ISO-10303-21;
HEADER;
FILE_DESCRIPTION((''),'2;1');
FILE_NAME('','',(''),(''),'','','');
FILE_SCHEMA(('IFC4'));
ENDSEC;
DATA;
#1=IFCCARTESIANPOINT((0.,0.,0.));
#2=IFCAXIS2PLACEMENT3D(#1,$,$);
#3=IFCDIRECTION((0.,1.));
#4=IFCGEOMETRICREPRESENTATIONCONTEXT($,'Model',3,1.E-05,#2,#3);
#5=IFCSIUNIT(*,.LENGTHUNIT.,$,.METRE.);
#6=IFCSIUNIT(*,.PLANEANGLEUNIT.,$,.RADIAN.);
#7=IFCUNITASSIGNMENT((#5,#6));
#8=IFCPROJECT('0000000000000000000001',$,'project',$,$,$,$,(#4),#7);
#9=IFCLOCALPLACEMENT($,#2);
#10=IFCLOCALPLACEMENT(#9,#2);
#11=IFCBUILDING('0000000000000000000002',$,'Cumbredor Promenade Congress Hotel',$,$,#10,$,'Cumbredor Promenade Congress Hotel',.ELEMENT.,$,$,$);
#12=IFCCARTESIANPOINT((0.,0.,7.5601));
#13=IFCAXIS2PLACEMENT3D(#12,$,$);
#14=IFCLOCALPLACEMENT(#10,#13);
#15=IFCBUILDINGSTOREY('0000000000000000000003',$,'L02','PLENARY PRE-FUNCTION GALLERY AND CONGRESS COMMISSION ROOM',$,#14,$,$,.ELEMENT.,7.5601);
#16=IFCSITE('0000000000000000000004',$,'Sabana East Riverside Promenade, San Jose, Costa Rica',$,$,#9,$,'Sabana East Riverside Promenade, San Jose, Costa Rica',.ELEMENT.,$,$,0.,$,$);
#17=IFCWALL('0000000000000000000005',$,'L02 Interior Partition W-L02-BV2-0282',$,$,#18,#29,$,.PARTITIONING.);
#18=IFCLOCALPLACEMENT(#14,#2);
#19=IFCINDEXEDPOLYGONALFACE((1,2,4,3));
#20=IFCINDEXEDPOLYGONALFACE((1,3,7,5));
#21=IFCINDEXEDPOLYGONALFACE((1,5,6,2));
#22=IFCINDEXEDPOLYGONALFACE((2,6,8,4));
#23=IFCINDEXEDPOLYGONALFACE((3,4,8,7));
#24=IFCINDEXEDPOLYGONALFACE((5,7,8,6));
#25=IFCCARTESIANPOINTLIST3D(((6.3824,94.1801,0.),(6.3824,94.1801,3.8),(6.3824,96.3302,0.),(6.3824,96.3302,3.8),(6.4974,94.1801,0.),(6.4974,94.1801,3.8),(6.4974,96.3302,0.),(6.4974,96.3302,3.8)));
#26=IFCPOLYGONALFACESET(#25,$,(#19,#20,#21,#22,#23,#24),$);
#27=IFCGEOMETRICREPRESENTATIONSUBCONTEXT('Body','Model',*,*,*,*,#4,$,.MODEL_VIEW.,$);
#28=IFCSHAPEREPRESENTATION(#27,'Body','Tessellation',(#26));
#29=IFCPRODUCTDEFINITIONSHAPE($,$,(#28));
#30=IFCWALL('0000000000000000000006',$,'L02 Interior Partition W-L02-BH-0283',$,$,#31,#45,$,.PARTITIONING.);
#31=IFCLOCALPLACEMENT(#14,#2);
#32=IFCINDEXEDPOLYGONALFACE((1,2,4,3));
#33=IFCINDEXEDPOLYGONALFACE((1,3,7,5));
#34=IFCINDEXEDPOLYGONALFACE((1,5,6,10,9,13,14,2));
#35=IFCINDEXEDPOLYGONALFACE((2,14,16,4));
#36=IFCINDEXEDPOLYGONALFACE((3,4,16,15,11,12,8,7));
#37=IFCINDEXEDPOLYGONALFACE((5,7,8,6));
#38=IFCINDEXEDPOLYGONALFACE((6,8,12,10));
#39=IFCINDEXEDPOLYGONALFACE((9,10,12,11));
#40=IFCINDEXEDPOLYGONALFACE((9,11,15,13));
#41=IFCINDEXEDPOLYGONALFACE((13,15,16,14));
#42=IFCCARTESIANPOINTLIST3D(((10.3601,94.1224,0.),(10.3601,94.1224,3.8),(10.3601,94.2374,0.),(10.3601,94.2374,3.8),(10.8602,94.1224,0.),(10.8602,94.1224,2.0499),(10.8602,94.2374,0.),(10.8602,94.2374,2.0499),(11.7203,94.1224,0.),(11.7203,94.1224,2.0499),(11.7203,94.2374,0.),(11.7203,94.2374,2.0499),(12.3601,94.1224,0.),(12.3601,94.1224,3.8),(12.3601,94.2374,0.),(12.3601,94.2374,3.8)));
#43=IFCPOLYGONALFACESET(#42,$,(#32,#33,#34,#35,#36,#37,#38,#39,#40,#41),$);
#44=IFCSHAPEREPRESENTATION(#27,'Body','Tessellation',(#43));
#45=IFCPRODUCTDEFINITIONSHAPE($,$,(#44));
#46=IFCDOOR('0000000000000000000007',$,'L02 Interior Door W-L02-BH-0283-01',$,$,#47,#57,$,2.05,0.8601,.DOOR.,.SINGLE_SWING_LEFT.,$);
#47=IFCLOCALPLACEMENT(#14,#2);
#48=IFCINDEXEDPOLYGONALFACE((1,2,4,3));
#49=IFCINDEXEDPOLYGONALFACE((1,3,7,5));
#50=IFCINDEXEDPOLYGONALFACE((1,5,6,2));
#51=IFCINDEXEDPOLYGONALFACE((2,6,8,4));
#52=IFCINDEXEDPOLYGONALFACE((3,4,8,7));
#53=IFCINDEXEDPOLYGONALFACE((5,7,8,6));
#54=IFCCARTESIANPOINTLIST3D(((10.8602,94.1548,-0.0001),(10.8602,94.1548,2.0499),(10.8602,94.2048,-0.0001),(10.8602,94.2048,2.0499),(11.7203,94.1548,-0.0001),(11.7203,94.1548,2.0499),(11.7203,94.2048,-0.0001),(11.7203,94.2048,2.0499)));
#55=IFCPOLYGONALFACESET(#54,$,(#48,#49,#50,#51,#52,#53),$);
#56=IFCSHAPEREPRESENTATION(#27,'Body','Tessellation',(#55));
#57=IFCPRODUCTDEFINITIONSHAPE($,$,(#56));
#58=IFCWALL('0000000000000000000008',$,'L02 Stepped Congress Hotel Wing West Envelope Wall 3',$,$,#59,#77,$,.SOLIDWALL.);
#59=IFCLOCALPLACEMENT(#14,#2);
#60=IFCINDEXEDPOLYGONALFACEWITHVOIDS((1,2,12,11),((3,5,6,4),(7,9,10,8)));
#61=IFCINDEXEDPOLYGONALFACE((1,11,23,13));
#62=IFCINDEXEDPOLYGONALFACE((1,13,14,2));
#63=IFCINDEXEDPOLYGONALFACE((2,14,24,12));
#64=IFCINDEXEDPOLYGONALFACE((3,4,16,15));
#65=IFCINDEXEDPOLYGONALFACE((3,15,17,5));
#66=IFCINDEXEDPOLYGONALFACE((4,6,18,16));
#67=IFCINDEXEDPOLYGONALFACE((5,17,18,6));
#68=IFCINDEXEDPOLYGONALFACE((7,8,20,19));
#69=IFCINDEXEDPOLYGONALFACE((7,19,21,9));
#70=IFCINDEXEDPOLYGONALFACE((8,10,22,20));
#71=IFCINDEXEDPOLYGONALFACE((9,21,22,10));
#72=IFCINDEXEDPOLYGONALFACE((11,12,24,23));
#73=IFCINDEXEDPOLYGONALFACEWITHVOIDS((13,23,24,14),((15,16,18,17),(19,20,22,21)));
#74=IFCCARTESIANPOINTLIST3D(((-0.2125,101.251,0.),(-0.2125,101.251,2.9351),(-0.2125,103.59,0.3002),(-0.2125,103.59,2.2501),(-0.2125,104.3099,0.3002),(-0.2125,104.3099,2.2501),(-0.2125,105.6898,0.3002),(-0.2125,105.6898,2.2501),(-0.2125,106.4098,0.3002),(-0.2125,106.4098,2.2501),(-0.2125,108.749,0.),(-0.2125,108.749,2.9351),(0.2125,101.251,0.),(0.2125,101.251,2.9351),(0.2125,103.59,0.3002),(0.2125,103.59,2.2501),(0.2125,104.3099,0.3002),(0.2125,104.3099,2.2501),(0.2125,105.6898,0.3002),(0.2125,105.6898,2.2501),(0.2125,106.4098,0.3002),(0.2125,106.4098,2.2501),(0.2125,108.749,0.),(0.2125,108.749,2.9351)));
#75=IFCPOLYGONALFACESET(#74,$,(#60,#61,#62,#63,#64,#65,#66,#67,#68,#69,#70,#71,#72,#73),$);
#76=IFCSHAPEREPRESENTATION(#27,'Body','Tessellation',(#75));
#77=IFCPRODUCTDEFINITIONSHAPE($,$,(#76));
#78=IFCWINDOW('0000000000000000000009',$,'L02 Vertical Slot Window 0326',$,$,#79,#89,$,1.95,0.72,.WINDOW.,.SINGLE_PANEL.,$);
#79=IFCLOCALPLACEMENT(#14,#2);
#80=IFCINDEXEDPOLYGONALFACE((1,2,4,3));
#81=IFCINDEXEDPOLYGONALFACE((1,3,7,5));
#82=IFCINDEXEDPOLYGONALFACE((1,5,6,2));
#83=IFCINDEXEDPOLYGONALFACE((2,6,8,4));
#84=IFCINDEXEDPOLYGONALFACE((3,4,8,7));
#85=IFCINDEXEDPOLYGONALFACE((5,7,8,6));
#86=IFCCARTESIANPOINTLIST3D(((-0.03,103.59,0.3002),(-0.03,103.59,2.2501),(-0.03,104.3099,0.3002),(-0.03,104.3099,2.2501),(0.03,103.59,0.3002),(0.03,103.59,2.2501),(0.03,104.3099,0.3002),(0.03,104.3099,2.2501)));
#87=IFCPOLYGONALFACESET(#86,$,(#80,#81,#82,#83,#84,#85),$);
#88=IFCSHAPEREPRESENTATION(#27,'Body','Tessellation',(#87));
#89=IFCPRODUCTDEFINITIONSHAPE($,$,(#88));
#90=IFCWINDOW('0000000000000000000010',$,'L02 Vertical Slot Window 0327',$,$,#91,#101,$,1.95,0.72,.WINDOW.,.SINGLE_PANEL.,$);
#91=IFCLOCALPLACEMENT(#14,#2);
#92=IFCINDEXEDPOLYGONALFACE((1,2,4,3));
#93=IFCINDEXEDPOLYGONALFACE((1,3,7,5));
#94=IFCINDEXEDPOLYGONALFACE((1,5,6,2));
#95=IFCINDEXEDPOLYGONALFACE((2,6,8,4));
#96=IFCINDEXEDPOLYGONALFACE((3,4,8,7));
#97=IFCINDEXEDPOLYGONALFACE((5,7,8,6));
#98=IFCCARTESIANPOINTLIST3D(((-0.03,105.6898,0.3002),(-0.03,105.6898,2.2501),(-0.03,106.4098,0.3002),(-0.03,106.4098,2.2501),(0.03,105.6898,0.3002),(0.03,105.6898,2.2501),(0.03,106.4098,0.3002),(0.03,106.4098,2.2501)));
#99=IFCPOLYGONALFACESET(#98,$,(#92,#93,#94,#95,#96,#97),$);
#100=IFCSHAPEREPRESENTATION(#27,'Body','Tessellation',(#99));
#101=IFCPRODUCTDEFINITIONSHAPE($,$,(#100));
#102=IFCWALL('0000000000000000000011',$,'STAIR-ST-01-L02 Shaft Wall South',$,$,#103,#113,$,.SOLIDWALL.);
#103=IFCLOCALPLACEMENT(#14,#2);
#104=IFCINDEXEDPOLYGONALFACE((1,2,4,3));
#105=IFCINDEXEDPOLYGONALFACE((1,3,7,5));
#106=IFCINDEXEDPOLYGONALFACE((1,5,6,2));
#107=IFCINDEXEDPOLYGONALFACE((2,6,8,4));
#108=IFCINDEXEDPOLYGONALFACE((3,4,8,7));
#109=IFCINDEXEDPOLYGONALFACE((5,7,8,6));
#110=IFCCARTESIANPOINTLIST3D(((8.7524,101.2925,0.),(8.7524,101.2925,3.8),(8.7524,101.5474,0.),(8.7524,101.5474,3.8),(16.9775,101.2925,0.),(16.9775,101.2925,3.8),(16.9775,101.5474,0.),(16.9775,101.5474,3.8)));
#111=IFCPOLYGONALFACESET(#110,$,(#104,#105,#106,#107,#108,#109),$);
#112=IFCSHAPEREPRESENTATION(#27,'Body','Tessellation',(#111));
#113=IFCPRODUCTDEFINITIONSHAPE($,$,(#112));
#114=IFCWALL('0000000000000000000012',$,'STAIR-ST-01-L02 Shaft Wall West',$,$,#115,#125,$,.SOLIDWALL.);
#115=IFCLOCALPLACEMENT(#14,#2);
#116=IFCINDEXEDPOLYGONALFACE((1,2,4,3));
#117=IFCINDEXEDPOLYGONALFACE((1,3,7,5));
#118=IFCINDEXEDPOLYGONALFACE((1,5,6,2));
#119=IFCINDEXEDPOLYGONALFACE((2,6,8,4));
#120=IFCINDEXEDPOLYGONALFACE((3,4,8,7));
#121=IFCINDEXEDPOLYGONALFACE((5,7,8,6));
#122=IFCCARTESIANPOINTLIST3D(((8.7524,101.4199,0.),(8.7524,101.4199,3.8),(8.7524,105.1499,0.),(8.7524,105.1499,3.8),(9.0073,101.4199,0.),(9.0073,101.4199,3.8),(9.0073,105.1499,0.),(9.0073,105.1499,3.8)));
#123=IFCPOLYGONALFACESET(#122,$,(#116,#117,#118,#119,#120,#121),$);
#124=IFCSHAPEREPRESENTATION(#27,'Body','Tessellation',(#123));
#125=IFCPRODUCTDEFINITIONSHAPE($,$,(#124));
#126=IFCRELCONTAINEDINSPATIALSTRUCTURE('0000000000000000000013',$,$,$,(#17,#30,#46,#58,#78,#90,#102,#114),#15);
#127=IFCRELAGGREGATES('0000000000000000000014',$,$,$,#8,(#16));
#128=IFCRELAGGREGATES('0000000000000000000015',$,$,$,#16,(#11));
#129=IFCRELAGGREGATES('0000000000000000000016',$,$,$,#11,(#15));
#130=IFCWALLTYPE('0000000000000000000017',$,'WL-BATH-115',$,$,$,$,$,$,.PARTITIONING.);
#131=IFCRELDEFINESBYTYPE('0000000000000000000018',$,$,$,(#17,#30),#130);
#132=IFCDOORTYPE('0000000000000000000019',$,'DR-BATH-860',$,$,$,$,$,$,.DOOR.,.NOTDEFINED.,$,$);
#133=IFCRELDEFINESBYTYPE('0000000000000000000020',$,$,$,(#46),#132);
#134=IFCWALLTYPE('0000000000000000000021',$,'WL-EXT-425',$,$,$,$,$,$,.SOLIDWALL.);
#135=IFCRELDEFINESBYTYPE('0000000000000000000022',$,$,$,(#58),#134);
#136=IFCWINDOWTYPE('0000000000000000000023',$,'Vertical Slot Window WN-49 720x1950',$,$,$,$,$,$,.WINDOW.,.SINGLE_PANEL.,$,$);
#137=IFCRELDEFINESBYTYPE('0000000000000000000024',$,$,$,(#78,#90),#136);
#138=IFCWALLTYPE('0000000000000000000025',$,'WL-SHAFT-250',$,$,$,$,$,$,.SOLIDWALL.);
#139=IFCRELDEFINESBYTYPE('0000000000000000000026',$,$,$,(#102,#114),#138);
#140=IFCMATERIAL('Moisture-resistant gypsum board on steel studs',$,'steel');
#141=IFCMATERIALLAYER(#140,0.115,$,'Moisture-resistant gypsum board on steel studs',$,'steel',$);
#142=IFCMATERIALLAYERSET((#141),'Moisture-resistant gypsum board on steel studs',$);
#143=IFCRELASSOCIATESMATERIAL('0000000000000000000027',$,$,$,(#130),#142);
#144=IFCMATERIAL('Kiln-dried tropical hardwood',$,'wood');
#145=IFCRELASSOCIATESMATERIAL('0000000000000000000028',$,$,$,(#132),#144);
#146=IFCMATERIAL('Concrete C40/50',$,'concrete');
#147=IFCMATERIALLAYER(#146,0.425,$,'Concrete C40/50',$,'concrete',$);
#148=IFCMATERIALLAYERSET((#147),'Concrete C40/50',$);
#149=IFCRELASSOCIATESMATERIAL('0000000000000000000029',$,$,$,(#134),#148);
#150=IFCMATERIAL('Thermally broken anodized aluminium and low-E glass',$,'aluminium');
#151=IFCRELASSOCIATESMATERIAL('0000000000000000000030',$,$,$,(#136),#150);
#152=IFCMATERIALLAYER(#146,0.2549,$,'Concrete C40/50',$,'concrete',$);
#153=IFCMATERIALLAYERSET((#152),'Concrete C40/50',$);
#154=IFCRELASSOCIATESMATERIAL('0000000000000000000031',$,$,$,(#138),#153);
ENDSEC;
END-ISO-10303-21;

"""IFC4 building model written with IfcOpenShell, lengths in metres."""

from ifc_helpers import new_model, si_unit, direction, frame, frame_2d, origin, place, context, subcontext, project, spatial, rectangle, extrude, material, layer, layer_set, type_object, element, fill, save


model = new_model("IFC4")

# Units and contexts
model_context = context("Model", 3, precision=1e-05, world=origin(), true_north=direction((0.0, 1.0)))
body_context = subcontext(model_context, "Body", "Model", "MODEL_VIEW")
ifc_project = project(units=[si_unit("LENGTHUNIT", "METRE"), si_unit("PLANEANGLEUNIT", "RADIAN")], contexts=[model_context])

# Site, building, storey
site_placement = place(None, origin())
site = spatial("IfcSite", under=ifc_project, at=site_placement, Name="Sabana East Riverside Promenade, San Jose, Costa Rica", LongName="Sabana East Riverside Promenade, San Jose, Costa Rica", CompositionType="ELEMENT", RefElevation=0.0)
building_placement = place(site_placement, origin())
building = spatial("IfcBuilding", under=site, at=building_placement, Name="Cumbredor Promenade Congress Hotel", LongName="Cumbredor Promenade Congress Hotel", CompositionType="ELEMENT")
storey_placement = place(building_placement, frame((0.0, 0.0, 7.5601)))
storey = spatial("IfcBuildingStorey", under=building, at=storey_placement, Name="L02", Description="PLENARY PRE-FUNCTION GALLERY AND CONGRESS COMMISSION ROOM", CompositionType="ELEMENT", Elevation=7.5601)

# Shared definitions
ifc_material_1 = material(Name="Concrete C40/50", Category="concrete")

# Shared definitions
ifc_material_2 = material(Name="Thermally broken anodized aluminium and low-E glass", Category="aluminium")

# Wall
ifc_material_3 = material(Name="Moisture-resistant gypsum board on steel studs", Category="steel")
ifc_layer_1 = layer(ifc_material_3, 0.115, Name="Moisture-resistant gypsum board on steel studs", Category="steel")
ifc_layer_set_1 = layer_set([ifc_layer_1], Name="Moisture-resistant gypsum board on steel studs")
wall_type_1 = type_object("IfcWallType", Name="WL-BATH-115", PredefinedType="PARTITIONING", material=ifc_layer_set_1)
wall_1_placement = place(storey_placement, frame((6.4399, 94.1799, 0.0), z_axis=(0.0, 0.0, 1.0), x_axis=(0.0, 1.0, 0.0)))
element("IfcWall", 1, at=wall_1_placement, inside=storey, type_object=wall_type_1, Name="L02 Interior Partition W-L02-BV2-0282", PredefinedType="PARTITIONING", context=body_context, shape_type="SweptSolid", body=[
    extrude(rectangle(XDim=2.1501, YDim=0.115, at=frame_2d((1.0752, 0.0))), origin(), (0.0, 0.0, 1.0), 3.8),
])

# Wall, opening, door
wall_2_placement = place(storey_placement, frame((10.3601, 94.1799, 0.0), z_axis=(0.0, 0.0, 1.0), x_axis=(1.0, 0.0, 0.0)))
wall_2 = element("IfcWall", 2, at=wall_2_placement, inside=storey, type_object=wall_type_1, Name="L02 Interior Partition W-L02-BH-0283", PredefinedType="PARTITIONING", context=body_context, shape_type="SweptSolid", body=[
    extrude(rectangle(XDim=2.0, YDim=0.115, at=frame_2d((1.0, 0.0))), origin(), (0.0, 0.0, 1.0), 3.8),
])
opening_1_placement = place(wall_2_placement, frame((0.5, 0.0, 0.0)))
opening_1 = element("IfcOpeningElement", 3, at=opening_1_placement, cuts=wall_2, PredefinedType="OPENING", context=body_context, shape_type="SweptSolid", body=[
    extrude(rectangle(XDim=0.8601, YDim=2.05, at=frame_2d((0.4302, 1.0249))), frame((0.0, 0.0674, 0.0), z_axis=(0.0, -1.0, 0.0), x_axis=(1.0, 0.0, 0.0)), (0.0, 0.0, 1.0), 0.135),
])
ifc_material_4 = material(Name="Kiln-dried tropical hardwood", Category="wood")
door_type_1 = type_object("IfcDoorType", Name="DR-BATH-860", OperationType="NOTDEFINED", PredefinedType="DOOR", material=ifc_material_4)
door_1_placement = place(opening_1_placement, origin())
door_1 = element("IfcDoor", 4, at=door_1_placement, inside=storey, type_object=door_type_1, Name="L02 Interior Door W-L02-BH-0283-01", OperationType="SINGLE_SWING_LEFT", OverallHeight=2.05, OverallWidth=0.8601, PredefinedType="DOOR", context=body_context, shape_type="SweptSolid", body=[
    extrude(rectangle(XDim=0.8601, YDim=2.05, at=frame_2d((0.4302, 1.0249))), frame((0.0, 0.0249, 0.0), z_axis=(0.0, -1.0, 0.0), x_axis=(1.0, 0.0, 0.0)), (0.0, 0.0, 1.0), 0.05),
])
fill(opening_1, door_1)

# Wall, openings, windows
ifc_layer_2 = layer(ifc_material_1, 0.425, Name="Concrete C40/50", Category="concrete")
ifc_layer_set_2 = layer_set([ifc_layer_2], Name="Concrete C40/50")
wall_type_2 = type_object("IfcWallType", Name="WL-EXT-425", PredefinedType="SOLIDWALL", material=ifc_layer_set_2)
wall_3_placement = place(storey_placement, frame((0.0, 101.251, 0.0), z_axis=(0.0, 0.0, 1.0), x_axis=(0.0, 1.0, 0.0)))
wall_3 = element("IfcWall", 5, at=wall_3_placement, inside=storey, type_object=wall_type_2, Name="L02 Stepped Congress Hotel Wing West Envelope Wall 3", PredefinedType="SOLIDWALL", context=body_context, shape_type="SweptSolid", body=[
    extrude(rectangle(XDim=7.498, YDim=0.425, at=frame_2d((3.749, 0.0))), origin(), (0.0, 0.0, 1.0), 2.9351),
])
opening_2_placement = place(wall_3_placement, frame((2.3391, 0.0, 0.3)))
opening_2 = element("IfcOpeningElement", 6, at=opening_2_placement, cuts=wall_3, PredefinedType="OPENING", context=body_context, shape_type="SweptSolid", body=[
    extrude(rectangle(XDim=0.72, YDim=1.95, at=frame_2d((0.3599, 0.9751))), frame((0.0, 0.2227, 0.0), z_axis=(0.0, -1.0, 0.0), x_axis=(1.0, 0.0, 0.0)), (0.0, 0.0, 1.0), 0.4451),
])
opening_3_placement = place(wall_3_placement, frame((4.439, 0.0, 0.3)))
opening_3 = element("IfcOpeningElement", 7, at=opening_3_placement, cuts=wall_3, PredefinedType="OPENING", context=body_context, shape_type="SweptSolid", body=[
    extrude(rectangle(XDim=0.72, YDim=1.95, at=frame_2d((0.3599, 0.9751))), frame((0.0, 0.2227, 0.0), z_axis=(0.0, -1.0, 0.0), x_axis=(1.0, 0.0, 0.0)), (0.0, 0.0, 1.0), 0.4451),
])
window_type = type_object("IfcWindowType", Name="Vertical Slot Window WN-49 720x1950", PartitioningType="SINGLE_PANEL", PredefinedType="WINDOW", material=ifc_material_2)
window_1_placement = place(opening_2_placement, origin())
window_1 = element("IfcWindow", 8, at=window_1_placement, inside=storey, type_object=window_type, Name="L02 Vertical Slot Window 0326", OverallHeight=1.95, OverallWidth=0.72, PartitioningType="SINGLE_PANEL", PredefinedType="WINDOW", context=body_context, shape_type="SweptSolid", body=[
    extrude(rectangle(XDim=0.72, YDim=1.95, at=frame_2d((0.3599, 0.9751))), frame((0.0, 0.03, 0.0), z_axis=(0.0, -1.0, 0.0), x_axis=(1.0, 0.0, 0.0)), (0.0, 0.0, 1.0), 0.0601),
])
fill(opening_2, window_1)
window_2_placement = place(opening_3_placement, origin())
window_2 = element("IfcWindow", 9, at=window_2_placement, inside=storey, type_object=window_type, Name="L02 Vertical Slot Window 0327", OverallHeight=1.95, OverallWidth=0.72, PartitioningType="SINGLE_PANEL", PredefinedType="WINDOW", context=body_context, shape_type="SweptSolid", body=[
    extrude(rectangle(XDim=0.72, YDim=1.95, at=frame_2d((0.3599, 0.9751))), frame((0.0, 0.03, 0.0), z_axis=(0.0, -1.0, 0.0), x_axis=(1.0, 0.0, 0.0)), (0.0, 0.0, 1.0), 0.0601),
])
fill(opening_3, window_2)

# Walls
ifc_layer_3 = layer(ifc_material_1, 0.2549, Name="Concrete C40/50", Category="concrete")
ifc_layer_set_3 = layer_set([ifc_layer_3], Name="Concrete C40/50")
wall_type_3 = type_object("IfcWallType", Name="WL-SHAFT-250", PredefinedType="SOLIDWALL", material=ifc_layer_set_3)
wall_4_placement = place(storey_placement, frame((8.7524, 101.4199, 0.0), z_axis=(0.0, 0.0, 1.0), x_axis=(1.0, 0.0, 0.0)))
element("IfcWall", 10, at=wall_4_placement, inside=storey, type_object=wall_type_3, Name="STAIR-ST-01-L02 Shaft Wall South", PredefinedType="SOLIDWALL", context=body_context, shape_type="SweptSolid", body=[
    extrude(rectangle(XDim=8.2251, YDim=0.2549, at=frame_2d((4.1125, 0.0))), origin(), (0.0, 0.0, 1.0), 3.8),
])
wall_5_placement = place(storey_placement, frame((8.8799, 101.4199, 0.0), z_axis=(0.0, 0.0, 1.0), x_axis=(0.0, 1.0, 0.0)))
element("IfcWall", 11, at=wall_5_placement, inside=storey, type_object=wall_type_3, Name="STAIR-ST-01-L02 Shaft Wall West", PredefinedType="SOLIDWALL", context=body_context, shape_type="SweptSolid", body=[
    extrude(rectangle(XDim=3.73, YDim=0.2549, at=frame_2d((1.865, 0.0))), origin(), (0.0, 0.0, 1.0), 3.8),
])

save(model, "model.ifc")
